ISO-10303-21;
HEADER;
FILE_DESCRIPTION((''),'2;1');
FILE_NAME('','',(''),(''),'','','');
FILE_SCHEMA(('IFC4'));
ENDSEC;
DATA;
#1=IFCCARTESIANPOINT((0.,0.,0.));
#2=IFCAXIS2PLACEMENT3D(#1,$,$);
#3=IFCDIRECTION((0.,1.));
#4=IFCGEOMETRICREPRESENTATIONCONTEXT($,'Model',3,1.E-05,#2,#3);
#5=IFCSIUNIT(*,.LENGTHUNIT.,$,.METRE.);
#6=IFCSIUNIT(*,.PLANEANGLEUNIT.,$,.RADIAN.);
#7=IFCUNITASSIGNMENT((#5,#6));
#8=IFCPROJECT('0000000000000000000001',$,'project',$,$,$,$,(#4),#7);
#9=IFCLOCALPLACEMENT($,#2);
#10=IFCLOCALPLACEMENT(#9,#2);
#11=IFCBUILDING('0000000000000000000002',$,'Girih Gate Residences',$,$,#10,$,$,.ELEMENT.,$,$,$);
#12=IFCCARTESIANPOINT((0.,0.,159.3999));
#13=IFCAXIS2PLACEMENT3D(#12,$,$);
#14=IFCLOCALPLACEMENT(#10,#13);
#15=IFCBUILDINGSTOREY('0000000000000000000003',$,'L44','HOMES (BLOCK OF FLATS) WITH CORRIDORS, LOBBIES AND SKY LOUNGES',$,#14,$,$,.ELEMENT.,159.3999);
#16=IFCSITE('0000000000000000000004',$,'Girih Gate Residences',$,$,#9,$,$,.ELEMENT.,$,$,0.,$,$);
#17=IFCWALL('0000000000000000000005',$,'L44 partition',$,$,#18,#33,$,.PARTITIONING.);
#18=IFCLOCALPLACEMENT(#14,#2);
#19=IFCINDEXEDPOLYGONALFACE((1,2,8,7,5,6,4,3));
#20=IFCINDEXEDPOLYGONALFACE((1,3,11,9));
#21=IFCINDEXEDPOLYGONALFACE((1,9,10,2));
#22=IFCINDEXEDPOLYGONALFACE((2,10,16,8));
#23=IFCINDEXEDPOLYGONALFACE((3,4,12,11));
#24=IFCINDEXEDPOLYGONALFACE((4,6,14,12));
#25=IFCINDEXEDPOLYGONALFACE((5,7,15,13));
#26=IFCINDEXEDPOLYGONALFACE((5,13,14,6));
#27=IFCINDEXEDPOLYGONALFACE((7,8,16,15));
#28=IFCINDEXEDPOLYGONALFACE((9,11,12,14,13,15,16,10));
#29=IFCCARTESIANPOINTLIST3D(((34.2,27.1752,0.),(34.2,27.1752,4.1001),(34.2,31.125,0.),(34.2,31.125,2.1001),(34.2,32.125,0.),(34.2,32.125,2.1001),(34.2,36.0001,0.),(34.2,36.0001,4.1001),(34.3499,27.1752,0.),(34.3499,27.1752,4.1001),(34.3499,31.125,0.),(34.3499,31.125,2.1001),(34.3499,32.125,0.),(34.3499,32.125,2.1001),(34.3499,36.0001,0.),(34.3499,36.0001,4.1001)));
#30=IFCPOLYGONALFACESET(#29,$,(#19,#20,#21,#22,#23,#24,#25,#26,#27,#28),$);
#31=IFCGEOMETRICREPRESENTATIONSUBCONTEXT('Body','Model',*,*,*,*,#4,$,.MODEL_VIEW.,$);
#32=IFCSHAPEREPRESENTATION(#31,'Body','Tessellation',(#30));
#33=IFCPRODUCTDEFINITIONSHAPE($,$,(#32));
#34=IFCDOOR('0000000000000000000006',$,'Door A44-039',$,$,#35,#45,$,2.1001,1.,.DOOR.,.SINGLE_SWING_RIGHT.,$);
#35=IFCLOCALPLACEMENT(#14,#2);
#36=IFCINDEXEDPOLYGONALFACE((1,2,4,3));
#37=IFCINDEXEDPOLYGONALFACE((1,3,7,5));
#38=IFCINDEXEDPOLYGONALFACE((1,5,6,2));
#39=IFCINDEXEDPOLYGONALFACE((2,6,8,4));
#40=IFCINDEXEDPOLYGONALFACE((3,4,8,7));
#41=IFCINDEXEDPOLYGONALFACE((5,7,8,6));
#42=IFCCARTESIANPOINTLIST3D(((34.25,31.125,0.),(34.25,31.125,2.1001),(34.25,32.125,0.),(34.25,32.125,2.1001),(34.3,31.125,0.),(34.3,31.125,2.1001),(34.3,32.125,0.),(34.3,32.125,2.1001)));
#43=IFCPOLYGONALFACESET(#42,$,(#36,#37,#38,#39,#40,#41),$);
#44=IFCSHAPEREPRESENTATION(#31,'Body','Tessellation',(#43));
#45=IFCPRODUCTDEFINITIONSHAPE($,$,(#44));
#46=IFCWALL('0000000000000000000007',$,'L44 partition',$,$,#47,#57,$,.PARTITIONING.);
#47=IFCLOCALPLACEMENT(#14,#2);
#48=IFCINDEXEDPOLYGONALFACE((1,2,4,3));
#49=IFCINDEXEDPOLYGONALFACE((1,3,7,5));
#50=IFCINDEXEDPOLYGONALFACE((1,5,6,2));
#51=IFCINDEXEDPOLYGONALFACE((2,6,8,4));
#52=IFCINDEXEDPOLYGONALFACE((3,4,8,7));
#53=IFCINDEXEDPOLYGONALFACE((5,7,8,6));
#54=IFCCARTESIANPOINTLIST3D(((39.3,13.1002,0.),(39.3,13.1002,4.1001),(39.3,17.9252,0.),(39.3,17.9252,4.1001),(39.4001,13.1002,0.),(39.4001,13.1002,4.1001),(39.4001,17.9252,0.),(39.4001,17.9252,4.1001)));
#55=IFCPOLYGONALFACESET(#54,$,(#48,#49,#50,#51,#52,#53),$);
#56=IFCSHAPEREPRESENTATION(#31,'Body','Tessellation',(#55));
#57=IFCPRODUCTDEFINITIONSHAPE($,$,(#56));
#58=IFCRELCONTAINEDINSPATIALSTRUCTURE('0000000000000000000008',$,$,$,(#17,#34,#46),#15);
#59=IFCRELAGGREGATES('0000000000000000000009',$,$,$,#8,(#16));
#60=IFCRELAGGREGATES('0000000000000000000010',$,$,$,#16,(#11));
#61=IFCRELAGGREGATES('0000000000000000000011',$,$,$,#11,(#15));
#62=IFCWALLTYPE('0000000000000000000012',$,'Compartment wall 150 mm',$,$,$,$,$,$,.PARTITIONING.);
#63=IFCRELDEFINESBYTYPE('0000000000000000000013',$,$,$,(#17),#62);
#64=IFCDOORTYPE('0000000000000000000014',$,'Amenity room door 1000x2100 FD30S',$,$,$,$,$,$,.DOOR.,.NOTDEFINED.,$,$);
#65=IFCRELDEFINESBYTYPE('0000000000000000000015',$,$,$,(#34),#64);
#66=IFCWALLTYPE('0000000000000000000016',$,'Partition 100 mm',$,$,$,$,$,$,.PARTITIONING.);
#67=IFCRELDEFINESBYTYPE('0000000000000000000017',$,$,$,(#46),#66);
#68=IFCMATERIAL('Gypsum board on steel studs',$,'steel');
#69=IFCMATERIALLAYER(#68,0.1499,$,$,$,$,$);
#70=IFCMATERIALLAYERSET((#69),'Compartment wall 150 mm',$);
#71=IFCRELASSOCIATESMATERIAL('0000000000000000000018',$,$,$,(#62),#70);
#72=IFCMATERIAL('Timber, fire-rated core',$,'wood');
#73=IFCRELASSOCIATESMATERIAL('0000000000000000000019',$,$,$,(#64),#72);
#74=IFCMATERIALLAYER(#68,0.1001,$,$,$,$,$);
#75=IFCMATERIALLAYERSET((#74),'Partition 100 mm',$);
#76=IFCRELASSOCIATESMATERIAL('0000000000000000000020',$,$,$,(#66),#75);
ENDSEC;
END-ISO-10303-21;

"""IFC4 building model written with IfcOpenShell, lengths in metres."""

from ifc_helpers import new_model, si_unit, direction, frame, frame_2d, origin, place, context, subcontext, project, spatial, rectangle, extrude, material, layer, layer_set, type_object, element, fill, save


model = new_model("IFC4")

# Units and contexts
model_context = context("Model", 3, precision=1e-05, world=origin(), true_north=direction((0.0, 1.0)))
body_context = subcontext(model_context, "Body", "Model", "MODEL_VIEW")
ifc_project = project(units=[si_unit("LENGTHUNIT", "METRE"), si_unit("PLANEANGLEUNIT", "RADIAN")], contexts=[model_context])

# Site, building, storey
site_placement = place(None, origin())
site = spatial("IfcSite", under=ifc_project, at=site_placement, Name="Girih Gate Residences", CompositionType="ELEMENT", RefElevation=0.0)
building_placement = place(site_placement, origin())
building = spatial("IfcBuilding", under=site, at=building_placement, Name="Girih Gate Residences", CompositionType="ELEMENT")
storey_placement = place(building_placement, frame((0.0, 0.0, 159.3999)))
storey = spatial("IfcBuildingStorey", under=building, at=storey_placement, Name="L44", Description="HOMES (BLOCK OF FLATS) WITH CORRIDORS, LOBBIES AND SKY LOUNGES", CompositionType="ELEMENT", Elevation=159.3999)

# Shared definitions
ifc_material_1 = material(Name="Gypsum board on steel studs", Category="steel")
ifc_layer_1 = layer(ifc_material_1, 0.1499)
ifc_layer_set_1 = layer_set([ifc_layer_1], Name="Compartment wall 150 mm")
wall_type_1 = type_object("IfcWallType", Name="Compartment wall 150 mm", PredefinedType="PARTITIONING", material=ifc_layer_set_1)

# Wall, opening, door
wall_1_placement = place(storey_placement, frame((34.2749, 27.175, 0.0), z_axis=(0.0, 0.0, 1.0), x_axis=(0.0, 1.0, 0.0)))
wall_1 = element("IfcWall", 1, at=wall_1_placement, inside=storey, type_object=wall_type_1, Name="L44 partition", PredefinedType="PARTITIONING", context=body_context, shape_type="SweptSolid", body=[
    extrude(rectangle(XDim=8.825, YDim=0.1499, at=frame_2d((4.4126, 0.0))), origin(), (0.0, 0.0, 1.0), 4.1001),
])
opening_1_placement = place(wall_1_placement, frame((3.95, 0.0, 0.0)))
opening_1 = element("IfcOpeningElement", 2, at=opening_1_placement, cuts=wall_1, PredefinedType="OPENING", context=body_context, shape_type="SweptSolid", body=[
    extrude(rectangle(XDim=1.0, YDim=2.1001, at=frame_2d((0.5, 1.05))), frame((0.0, 0.085, 0.0), z_axis=(0.0, -1.0, 0.0), x_axis=(1.0, 0.0, 0.0)), (0.0, 0.0, 1.0), 0.1699),
])
ifc_material_2 = material(Name="Timber, fire-rated core", Category="wood")
door_type_1 = type_object("IfcDoorType", Name="Amenity room door 1000x2100 FD30S", OperationType="NOTDEFINED", PredefinedType="DOOR", material=ifc_material_2)
door_1_placement = place(opening_1_placement, origin())
door_1 = element("IfcDoor", 3, at=door_1_placement, inside=storey, type_object=door_type_1, Name="Door A44-039", OperationType="SINGLE_SWING_RIGHT", OverallHeight=2.1001, OverallWidth=1.0, PredefinedType="DOOR", context=body_context, shape_type="SweptSolid", body=[
    extrude(rectangle(XDim=1.0, YDim=2.1001, at=frame_2d((0.5, 1.05))), frame((0.0, 0.0249, 0.0), z_axis=(0.0, -1.0, 0.0), x_axis=(1.0, 0.0, 0.0)), (0.0, 0.0, 1.0), 0.05),
])
fill(opening_1, door_1)

# Wall
ifc_layer_2 = layer(ifc_material_1, 0.1001)
ifc_layer_set_2 = layer_set([ifc_layer_2], Name="Partition 100 mm")
wall_type_2 = type_object("IfcWallType", Name="Partition 100 mm", PredefinedType="PARTITIONING", material=ifc_layer_set_2)
wall_2_placement = place(storey_placement, frame((39.3501, 13.1001, 0.0), z_axis=(0.0, 0.0, 1.0), x_axis=(0.0, 1.0, 0.0)))
element("IfcWall", 4, at=wall_2_placement, inside=storey, type_object=wall_type_2, Name="L44 partition", PredefinedType="PARTITIONING", context=body_context, shape_type="SweptSolid", body=[
    extrude(rectangle(XDim=4.825, YDim=0.1001, at=frame_2d((2.4126, 0.0))), origin(), (0.0, 0.0, 1.0), 4.1001),
])

save(model, "model.ifc")
